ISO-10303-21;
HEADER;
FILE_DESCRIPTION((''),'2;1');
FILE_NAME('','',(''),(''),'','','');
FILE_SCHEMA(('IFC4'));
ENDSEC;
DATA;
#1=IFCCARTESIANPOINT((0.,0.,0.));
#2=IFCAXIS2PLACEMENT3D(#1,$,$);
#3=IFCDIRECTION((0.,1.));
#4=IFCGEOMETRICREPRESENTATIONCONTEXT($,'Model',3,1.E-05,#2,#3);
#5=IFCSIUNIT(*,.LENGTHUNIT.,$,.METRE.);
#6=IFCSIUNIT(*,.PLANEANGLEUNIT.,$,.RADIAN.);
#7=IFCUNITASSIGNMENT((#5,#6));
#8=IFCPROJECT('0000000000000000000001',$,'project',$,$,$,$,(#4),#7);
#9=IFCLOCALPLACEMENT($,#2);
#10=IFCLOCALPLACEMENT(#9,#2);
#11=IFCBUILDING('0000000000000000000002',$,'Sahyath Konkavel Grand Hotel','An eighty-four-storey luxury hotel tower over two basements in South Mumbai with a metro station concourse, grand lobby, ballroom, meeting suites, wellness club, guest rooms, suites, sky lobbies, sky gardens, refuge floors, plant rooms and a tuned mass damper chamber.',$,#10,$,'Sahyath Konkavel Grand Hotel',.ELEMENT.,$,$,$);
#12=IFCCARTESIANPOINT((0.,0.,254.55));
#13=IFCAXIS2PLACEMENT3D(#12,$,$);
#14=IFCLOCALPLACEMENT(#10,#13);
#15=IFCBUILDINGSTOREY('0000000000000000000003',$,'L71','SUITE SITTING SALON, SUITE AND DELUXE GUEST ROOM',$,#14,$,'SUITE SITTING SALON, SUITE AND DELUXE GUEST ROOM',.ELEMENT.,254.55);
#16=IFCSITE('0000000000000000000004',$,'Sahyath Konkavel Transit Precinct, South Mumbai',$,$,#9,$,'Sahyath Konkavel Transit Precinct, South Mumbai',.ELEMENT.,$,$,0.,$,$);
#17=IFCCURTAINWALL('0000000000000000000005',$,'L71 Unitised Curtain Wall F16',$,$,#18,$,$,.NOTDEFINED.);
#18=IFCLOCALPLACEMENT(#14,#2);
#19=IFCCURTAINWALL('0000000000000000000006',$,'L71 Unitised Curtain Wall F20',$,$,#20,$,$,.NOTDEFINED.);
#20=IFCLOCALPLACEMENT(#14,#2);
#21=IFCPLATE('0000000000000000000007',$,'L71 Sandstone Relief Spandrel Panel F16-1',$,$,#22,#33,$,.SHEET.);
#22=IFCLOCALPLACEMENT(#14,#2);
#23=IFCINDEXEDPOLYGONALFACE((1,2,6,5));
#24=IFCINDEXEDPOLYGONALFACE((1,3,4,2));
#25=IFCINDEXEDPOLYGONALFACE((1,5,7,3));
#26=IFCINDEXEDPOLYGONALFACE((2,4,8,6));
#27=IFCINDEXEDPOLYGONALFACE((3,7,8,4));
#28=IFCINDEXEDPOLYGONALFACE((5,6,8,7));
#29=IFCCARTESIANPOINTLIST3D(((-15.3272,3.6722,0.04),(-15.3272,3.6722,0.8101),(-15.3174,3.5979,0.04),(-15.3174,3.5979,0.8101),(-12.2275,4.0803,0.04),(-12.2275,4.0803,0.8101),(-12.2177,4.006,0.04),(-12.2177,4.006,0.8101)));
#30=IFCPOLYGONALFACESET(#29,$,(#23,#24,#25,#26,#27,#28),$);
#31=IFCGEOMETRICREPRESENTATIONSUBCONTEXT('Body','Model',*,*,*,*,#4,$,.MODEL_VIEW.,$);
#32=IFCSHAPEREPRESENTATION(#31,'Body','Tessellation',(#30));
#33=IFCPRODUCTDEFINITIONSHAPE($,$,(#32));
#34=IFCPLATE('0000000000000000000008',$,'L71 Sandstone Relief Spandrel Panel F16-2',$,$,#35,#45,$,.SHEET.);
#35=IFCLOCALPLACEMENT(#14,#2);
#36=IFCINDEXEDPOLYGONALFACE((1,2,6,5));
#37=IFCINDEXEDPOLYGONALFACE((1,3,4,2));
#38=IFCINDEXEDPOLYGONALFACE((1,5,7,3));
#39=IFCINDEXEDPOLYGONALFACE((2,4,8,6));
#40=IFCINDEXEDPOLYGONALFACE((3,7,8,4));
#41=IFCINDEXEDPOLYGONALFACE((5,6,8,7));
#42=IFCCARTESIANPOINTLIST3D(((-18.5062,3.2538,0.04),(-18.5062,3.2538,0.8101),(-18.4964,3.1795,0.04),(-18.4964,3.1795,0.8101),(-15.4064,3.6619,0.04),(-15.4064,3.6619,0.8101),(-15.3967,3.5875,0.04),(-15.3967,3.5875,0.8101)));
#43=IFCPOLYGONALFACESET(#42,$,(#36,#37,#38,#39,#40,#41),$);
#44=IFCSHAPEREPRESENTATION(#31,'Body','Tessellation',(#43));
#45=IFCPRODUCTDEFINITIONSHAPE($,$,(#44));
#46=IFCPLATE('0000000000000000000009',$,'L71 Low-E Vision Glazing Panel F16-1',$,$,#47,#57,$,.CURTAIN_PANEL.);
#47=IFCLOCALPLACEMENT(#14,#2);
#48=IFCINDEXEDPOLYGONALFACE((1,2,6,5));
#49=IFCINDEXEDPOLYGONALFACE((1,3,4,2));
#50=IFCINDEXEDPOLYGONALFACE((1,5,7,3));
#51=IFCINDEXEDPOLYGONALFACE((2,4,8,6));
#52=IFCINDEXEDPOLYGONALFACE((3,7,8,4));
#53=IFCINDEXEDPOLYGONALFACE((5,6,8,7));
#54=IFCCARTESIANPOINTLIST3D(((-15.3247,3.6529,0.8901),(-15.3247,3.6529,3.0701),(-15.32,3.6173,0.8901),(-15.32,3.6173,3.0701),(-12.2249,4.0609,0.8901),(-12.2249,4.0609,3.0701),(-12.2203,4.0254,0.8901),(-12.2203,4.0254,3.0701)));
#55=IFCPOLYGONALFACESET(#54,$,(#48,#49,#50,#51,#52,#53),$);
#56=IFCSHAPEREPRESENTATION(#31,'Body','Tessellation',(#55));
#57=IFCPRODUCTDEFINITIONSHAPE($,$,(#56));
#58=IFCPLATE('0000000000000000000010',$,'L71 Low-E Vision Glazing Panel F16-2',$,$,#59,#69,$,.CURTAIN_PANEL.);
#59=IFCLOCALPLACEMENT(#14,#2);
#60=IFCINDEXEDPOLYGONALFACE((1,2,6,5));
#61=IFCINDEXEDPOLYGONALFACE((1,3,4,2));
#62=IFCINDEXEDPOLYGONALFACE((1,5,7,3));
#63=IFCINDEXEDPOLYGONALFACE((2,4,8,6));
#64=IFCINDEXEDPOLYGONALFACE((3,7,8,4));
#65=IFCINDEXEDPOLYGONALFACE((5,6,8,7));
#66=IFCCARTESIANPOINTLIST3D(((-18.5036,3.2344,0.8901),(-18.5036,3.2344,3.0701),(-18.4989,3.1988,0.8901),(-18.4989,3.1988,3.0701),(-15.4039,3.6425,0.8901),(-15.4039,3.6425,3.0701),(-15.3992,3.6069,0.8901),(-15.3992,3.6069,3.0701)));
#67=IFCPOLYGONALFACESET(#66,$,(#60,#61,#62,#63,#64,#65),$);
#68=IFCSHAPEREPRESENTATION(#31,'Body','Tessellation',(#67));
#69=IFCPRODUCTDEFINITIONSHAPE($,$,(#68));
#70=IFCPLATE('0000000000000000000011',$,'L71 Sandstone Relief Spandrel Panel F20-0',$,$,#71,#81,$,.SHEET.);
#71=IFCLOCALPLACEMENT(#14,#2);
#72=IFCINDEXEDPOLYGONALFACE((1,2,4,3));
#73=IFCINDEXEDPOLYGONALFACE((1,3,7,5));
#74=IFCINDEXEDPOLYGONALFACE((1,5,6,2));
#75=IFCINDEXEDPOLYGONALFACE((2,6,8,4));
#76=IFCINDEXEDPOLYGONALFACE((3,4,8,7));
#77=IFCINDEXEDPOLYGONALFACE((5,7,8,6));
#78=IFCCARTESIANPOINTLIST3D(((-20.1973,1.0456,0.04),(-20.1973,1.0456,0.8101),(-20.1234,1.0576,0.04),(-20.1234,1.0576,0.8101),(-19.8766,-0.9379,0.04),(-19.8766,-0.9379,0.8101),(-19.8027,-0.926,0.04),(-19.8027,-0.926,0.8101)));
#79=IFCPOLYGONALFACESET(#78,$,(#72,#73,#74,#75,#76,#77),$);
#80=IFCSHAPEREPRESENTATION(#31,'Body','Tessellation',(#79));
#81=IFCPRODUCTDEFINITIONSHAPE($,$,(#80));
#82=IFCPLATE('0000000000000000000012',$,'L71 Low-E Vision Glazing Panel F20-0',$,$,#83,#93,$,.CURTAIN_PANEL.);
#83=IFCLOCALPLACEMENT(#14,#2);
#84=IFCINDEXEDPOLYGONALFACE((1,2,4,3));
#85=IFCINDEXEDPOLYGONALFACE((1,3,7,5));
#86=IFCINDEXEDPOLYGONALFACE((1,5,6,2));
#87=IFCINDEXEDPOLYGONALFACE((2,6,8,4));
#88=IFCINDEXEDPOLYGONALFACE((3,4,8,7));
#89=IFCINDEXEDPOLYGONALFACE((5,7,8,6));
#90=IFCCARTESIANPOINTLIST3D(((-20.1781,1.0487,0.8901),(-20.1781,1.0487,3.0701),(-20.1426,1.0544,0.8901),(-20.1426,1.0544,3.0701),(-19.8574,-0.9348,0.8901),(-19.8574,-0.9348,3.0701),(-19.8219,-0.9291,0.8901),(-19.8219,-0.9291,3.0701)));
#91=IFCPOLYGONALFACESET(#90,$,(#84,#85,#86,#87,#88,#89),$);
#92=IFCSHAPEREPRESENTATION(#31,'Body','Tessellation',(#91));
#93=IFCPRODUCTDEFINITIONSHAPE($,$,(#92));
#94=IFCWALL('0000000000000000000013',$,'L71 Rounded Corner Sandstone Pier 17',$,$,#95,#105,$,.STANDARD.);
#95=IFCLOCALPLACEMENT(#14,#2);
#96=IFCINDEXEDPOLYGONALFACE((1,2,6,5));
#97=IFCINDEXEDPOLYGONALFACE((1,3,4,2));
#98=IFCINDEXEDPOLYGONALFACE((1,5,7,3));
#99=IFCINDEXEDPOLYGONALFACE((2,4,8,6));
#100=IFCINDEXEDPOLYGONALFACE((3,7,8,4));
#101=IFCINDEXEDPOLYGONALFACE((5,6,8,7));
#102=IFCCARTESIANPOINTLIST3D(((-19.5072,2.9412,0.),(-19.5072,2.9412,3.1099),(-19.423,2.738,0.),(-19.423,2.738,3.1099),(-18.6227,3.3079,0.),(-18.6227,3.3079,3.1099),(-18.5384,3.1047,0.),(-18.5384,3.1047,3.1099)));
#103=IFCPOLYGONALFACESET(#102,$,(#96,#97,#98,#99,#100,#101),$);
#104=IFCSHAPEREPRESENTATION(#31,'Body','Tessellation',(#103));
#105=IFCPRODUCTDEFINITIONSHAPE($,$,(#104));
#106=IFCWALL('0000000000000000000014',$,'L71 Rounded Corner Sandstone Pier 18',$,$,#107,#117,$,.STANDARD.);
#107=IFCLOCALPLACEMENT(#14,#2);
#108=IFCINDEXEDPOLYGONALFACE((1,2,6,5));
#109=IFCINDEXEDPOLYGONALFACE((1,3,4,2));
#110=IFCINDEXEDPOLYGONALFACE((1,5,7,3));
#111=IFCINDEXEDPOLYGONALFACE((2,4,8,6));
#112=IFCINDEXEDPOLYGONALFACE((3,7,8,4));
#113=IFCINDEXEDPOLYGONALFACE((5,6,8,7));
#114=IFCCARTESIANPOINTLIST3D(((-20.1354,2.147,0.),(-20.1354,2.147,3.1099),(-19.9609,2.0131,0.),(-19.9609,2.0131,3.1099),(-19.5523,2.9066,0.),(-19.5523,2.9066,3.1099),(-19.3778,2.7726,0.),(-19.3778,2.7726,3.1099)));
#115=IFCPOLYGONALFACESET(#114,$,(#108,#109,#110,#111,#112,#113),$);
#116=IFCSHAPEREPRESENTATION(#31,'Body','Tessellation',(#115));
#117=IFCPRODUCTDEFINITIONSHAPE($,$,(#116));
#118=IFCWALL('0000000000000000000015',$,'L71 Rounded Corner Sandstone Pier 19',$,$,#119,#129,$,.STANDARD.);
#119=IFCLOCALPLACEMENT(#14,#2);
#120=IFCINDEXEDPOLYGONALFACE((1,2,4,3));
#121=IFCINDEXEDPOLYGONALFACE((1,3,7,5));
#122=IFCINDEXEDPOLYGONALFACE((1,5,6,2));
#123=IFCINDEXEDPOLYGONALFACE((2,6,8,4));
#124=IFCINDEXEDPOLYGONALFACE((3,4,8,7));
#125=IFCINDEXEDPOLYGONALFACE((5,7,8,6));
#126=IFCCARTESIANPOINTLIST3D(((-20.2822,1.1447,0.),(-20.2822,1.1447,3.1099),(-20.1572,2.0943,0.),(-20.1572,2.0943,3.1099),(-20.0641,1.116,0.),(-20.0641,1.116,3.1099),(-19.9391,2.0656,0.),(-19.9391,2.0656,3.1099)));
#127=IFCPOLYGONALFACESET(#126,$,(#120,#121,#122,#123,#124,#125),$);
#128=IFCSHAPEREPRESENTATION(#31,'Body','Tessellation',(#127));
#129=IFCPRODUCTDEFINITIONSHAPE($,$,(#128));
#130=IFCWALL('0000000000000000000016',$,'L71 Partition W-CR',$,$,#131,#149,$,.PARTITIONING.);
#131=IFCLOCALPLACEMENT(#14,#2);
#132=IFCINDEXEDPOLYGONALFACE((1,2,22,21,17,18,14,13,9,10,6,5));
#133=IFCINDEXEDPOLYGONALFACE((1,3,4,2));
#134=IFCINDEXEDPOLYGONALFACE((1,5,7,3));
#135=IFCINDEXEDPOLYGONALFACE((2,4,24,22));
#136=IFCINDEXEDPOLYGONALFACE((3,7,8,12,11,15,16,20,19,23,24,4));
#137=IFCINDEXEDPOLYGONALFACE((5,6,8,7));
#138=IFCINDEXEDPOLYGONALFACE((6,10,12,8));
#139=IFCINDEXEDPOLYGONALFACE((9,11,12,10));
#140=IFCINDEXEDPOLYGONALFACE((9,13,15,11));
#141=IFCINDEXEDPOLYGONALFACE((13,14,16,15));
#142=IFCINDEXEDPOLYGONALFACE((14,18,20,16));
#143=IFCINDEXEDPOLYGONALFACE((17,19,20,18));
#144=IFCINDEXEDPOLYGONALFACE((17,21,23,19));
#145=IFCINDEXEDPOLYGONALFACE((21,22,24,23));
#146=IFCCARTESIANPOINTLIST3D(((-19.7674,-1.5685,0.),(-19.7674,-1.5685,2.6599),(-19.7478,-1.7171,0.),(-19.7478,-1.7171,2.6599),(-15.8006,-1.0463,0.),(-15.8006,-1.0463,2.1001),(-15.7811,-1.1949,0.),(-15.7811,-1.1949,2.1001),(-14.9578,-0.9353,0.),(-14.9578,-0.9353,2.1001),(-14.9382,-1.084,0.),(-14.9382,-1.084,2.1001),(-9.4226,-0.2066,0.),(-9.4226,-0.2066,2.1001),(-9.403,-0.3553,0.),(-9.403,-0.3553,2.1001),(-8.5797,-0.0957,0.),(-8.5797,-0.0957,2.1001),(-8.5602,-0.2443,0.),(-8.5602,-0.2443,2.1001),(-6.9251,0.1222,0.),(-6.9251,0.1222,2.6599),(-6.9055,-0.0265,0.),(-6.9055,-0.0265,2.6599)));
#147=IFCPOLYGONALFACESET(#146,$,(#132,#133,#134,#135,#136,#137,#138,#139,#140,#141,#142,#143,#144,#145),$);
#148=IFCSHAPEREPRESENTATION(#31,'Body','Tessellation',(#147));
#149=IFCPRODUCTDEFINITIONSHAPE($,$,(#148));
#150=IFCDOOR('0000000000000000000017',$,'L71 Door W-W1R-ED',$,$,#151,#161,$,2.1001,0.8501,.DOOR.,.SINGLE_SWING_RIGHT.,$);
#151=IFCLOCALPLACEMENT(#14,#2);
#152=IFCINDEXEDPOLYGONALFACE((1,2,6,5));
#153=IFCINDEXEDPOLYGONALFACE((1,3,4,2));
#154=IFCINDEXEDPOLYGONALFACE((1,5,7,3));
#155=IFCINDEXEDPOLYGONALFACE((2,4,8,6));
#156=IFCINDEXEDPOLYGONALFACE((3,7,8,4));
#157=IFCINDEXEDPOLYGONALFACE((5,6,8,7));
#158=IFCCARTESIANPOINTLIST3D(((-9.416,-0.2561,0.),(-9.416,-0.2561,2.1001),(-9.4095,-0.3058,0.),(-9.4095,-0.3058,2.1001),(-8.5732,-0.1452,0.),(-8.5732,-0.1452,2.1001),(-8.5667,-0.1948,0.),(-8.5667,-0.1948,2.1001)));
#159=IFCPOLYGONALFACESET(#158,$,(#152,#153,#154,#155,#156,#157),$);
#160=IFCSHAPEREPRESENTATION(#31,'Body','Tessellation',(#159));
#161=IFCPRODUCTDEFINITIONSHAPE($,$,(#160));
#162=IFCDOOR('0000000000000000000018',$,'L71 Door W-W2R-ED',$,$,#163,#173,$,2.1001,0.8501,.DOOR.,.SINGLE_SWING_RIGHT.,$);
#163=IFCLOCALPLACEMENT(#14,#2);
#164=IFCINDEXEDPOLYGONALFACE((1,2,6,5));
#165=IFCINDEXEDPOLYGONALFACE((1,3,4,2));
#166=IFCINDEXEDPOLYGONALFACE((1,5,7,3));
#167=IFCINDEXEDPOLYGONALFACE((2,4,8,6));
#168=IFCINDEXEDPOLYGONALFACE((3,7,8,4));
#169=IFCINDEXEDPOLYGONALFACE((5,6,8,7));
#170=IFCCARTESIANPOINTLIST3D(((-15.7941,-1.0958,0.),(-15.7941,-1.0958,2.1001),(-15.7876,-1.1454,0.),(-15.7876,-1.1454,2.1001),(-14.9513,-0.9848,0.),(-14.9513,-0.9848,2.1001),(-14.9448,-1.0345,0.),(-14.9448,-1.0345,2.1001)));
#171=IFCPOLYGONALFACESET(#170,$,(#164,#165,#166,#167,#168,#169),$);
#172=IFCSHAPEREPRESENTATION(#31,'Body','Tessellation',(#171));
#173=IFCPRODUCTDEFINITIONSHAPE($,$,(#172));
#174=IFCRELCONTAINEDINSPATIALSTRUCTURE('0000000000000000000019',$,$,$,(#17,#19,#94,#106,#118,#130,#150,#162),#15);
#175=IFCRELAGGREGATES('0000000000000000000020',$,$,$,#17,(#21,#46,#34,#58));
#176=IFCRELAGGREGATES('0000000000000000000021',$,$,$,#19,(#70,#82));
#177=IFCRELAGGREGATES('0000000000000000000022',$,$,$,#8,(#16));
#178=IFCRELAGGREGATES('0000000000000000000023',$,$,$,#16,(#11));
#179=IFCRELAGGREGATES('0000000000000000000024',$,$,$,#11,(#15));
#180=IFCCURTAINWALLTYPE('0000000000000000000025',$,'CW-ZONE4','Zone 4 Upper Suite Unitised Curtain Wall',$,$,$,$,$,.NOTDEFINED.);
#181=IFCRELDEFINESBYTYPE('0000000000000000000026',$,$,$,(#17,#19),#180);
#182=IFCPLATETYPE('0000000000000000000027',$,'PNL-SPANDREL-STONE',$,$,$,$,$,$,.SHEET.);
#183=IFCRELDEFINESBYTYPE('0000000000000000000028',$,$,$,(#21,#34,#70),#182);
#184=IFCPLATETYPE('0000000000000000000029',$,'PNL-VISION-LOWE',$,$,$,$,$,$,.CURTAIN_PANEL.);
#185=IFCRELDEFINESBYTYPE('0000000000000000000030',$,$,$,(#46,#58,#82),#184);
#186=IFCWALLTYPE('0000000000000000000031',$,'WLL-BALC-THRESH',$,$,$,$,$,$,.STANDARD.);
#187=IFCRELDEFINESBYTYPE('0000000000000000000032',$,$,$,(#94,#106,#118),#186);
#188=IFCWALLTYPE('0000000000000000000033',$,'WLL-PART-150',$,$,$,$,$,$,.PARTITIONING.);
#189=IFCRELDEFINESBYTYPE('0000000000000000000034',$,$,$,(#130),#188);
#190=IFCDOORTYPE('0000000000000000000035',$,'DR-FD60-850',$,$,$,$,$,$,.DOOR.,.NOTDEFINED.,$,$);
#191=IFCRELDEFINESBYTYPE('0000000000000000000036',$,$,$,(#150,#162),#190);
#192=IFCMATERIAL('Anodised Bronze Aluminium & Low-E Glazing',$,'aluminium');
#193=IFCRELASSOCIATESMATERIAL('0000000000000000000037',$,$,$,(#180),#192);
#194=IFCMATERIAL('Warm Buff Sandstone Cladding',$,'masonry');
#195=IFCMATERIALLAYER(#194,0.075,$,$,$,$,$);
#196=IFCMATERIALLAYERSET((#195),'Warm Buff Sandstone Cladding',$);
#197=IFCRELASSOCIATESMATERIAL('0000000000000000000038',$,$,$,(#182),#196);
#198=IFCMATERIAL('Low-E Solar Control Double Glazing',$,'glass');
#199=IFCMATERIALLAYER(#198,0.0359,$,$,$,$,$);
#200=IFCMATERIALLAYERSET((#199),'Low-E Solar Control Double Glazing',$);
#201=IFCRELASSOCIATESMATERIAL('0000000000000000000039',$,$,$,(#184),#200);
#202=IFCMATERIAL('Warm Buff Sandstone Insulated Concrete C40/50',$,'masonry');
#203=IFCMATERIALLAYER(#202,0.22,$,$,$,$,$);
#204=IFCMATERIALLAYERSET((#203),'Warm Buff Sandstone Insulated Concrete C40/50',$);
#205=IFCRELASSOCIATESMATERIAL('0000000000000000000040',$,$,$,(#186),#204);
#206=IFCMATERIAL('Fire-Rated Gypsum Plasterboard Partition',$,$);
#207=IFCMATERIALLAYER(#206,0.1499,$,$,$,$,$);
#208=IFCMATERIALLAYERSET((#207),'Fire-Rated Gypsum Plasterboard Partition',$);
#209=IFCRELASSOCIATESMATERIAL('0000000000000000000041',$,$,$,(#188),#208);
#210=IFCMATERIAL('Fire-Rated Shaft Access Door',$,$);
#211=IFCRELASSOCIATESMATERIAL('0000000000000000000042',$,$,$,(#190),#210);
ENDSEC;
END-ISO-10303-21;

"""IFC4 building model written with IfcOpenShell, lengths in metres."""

from ifc_helpers import new_model, si_unit, direction, frame, frame_2d, origin, origin_2d, place, context, subcontext, project, spatial, rectangle, extrude, source, transform, mapped, material, layer, layer_set, type_object, element, fill, aggregate, save


model = new_model("IFC4")

# Units and contexts
model_context = context("Model", 3, precision=1e-05, world=origin(), true_north=direction((0.0, 1.0)))
body_context = subcontext(model_context, "Body", "Model", "MODEL_VIEW")
ifc_project = project(units=[si_unit("LENGTHUNIT", "METRE"), si_unit("PLANEANGLEUNIT", "RADIAN")], contexts=[model_context])

# Site, building, storey
site_placement = place(None, origin())
site = spatial("IfcSite", under=ifc_project, at=site_placement, Name="Sahyath Konkavel Transit Precinct, South Mumbai", LongName="Sahyath Konkavel Transit Precinct, South Mumbai", CompositionType="ELEMENT", RefElevation=0.0)
building_placement = place(site_placement, origin())
building = spatial("IfcBuilding", under=site, at=building_placement, Name="Sahyath Konkavel Grand Hotel", Description="An eighty-four-storey luxury hotel tower over two basements in South Mumbai with a metro station concourse, grand lobby, ballroom, meeting suites, wellness club, guest rooms, suites, sky lobbies, sky gardens, refuge floors, plant rooms and a tuned mass damper chamber.", LongName="Sahyath Konkavel Grand Hotel", CompositionType="ELEMENT")
storey_placement = place(building_placement, frame((0.0, 0.0, 254.55)))
storey = spatial("IfcBuildingStorey", under=building, at=storey_placement, Name="L71", Description="SUITE SITTING SALON, SUITE AND DELUXE GUEST ROOM", LongName="SUITE SITTING SALON, SUITE AND DELUXE GUEST ROOM", CompositionType="ELEMENT", Elevation=254.55)

# Curtain wall
ifc_material_1 = material(Name="Anodised Bronze Aluminium & Low-E Glazing", Category="aluminium")
curtain_wall_type = type_object("IfcCurtainWallType", Name="CW-ZONE4", Description="Zone 4 Upper Suite Unitised Curtain Wall", PredefinedType="NOTDEFINED", material=ifc_material_1)
curtain_wall_1_placement = place(storey_placement, origin())
curtain_wall_1 = element("IfcCurtainWall", 1, at=curtain_wall_1_placement, inside=storey, type_object=curtain_wall_type, Name="L71 Unitised Curtain Wall F16", PredefinedType="NOTDEFINED")

# Curtain wall
curtain_wall_2_placement = place(storey_placement, origin())
curtain_wall_2 = element("IfcCurtainWall", 2, at=curtain_wall_2_placement, inside=storey, type_object=curtain_wall_type, Name="L71 Unitised Curtain Wall F20", PredefinedType="NOTDEFINED")

# Plates
ifc_material_2 = material(Name="Warm Buff Sandstone Cladding", Category="masonry")
ifc_layer_1 = layer(ifc_material_2, 0.075)
ifc_layer_set_1 = layer_set([ifc_layer_1], Name="Warm Buff Sandstone Cladding")
plate_type_1 = type_object("IfcPlateType", Name="PNL-SPANDREL-STONE", PredefinedType="SHEET", material=ifc_layer_set_1)
shared_shape_1 = source(origin(), body_context, "Body", "SweptSolid", [
    extrude(rectangle(XDim=3.1265, YDim=0.075, at=origin_2d()), origin(), (0.0, 0.0, 1.0), 0.77),
])
plate_1_placement = place(storey_placement, frame((-13.7725, 3.8391, 0.04), z_axis=(0.0, 0.0, 1.0), x_axis=(-0.991445, -0.130526, 0.0)))
plate_1 = element("IfcPlate", 3, at=plate_1_placement, type_object=plate_type_1, Name="L71 Sandstone Relief Spandrel Panel F16-1", PredefinedType="SHEET", context=body_context, shape_type="MappedRepresentation", body=[
    mapped(shared_shape_1, transform((0.0, 0.0, 0.0), scale=1.0)),
])
plate_2_placement = place(storey_placement, frame((-16.9514, 3.4207, 0.04), z_axis=(0.0, 0.0, 1.0), x_axis=(-0.991445, -0.130526, 0.0)))
plate_2 = element("IfcPlate", 4, at=plate_2_placement, type_object=plate_type_1, Name="L71 Sandstone Relief Spandrel Panel F16-2", PredefinedType="SHEET", context=body_context, shape_type="MappedRepresentation", body=[
    mapped(shared_shape_1, transform((0.0, 0.0, 0.0), scale=1.0)),
])
ifc_material_3 = material(Name="Low-E Solar Control Double Glazing", Category="glass")
ifc_layer_2 = layer(ifc_material_3, 0.0359)
ifc_layer_set_2 = layer_set([ifc_layer_2], Name="Low-E Solar Control Double Glazing")
plate_type_2 = type_object("IfcPlateType", Name="PNL-VISION-LOWE", PredefinedType="CURTAIN_PANEL", material=ifc_layer_set_2)
shared_shape_2 = source(origin(), body_context, "Body", "SweptSolid", [
    extrude(rectangle(XDim=3.1265, YDim=0.0359, at=origin_2d()), origin(), (0.0, 0.0, 1.0), 2.1799),
])
plate_3_placement = place(storey_placement, frame((-13.7725, 3.8391, 0.8901), z_axis=(0.0, 0.0, 1.0), x_axis=(-0.991445, -0.130526, 0.0)))
plate_3 = element("IfcPlate", 5, at=plate_3_placement, type_object=plate_type_2, Name="L71 Low-E Vision Glazing Panel F16-1", PredefinedType="CURTAIN_PANEL", context=body_context, shape_type="MappedRepresentation", body=[
    mapped(shared_shape_2, transform((0.0, 0.0, 0.0), scale=1.0)),
])
plate_4_placement = place(storey_placement, frame((-16.9514, 3.4207, 0.8901), z_axis=(0.0, 0.0, 1.0), x_axis=(-0.991445, -0.130526, 0.0)))
plate_4 = element("IfcPlate", 6, at=plate_4_placement, type_object=plate_type_2, Name="L71 Low-E Vision Glazing Panel F16-2", PredefinedType="CURTAIN_PANEL", context=body_context, shape_type="MappedRepresentation", body=[
    mapped(shared_shape_2, transform((0.0, 0.0, 0.0), scale=1.0)),
])
aggregate(curtain_wall_1, [plate_1, plate_3, plate_2, plate_4])
shared_shape_3 = source(origin(), body_context, "Body", "SweptSolid", [
    extrude(rectangle(XDim=2.0093, YDim=0.075, at=origin_2d()), origin(), (0.0, 0.0, 1.0), 0.77),
])
plate_5_placement = place(storey_placement, frame((-20.0, 0.0598, 0.04), z_axis=(0.0, 0.0, 1.0), x_axis=(0.159606, -0.987181, 0.0)))
plate_5 = element("IfcPlate", 7, at=plate_5_placement, type_object=plate_type_1, Name="L71 Sandstone Relief Spandrel Panel F20-0", PredefinedType="SHEET", context=body_context, shape_type="MappedRepresentation", body=[
    mapped(shared_shape_3, transform((0.0, 0.0, 0.0), scale=1.0)),
])
shared_shape_4 = source(origin(), body_context, "Body", "SweptSolid", [
    extrude(rectangle(XDim=2.0093, YDim=0.0359, at=origin_2d()), origin(), (0.0, 0.0, 1.0), 2.1799),
])
plate_6_placement = place(storey_placement, frame((-20.0, 0.0598, 0.8901), z_axis=(0.0, 0.0, 1.0), x_axis=(0.159606, -0.987181, 0.0)))
plate_6 = element("IfcPlate", 8, at=plate_6_placement, type_object=plate_type_2, Name="L71 Low-E Vision Glazing Panel F20-0", PredefinedType="CURTAIN_PANEL", context=body_context, shape_type="MappedRepresentation", body=[
    mapped(shared_shape_4, transform((0.0, 0.0, 0.0), scale=1.0)),
])
aggregate(curtain_wall_2, [plate_5, plate_6])

# Walls
ifc_material_4 = material(Name="Warm Buff Sandstone Insulated Concrete C40/50", Category="masonry")
ifc_layer_3 = layer(ifc_material_4, 0.22)
ifc_layer_set_3 = layer_set([ifc_layer_3], Name="Warm Buff Sandstone Insulated Concrete C40/50")
wall_type_1 = type_object("IfcWallType", Name="WLL-BALC-THRESH", PredefinedType="STANDARD", material=ifc_layer_set_3)
for number, where, z_axis, x_axis, name in (
    (9, (-18.5806, 3.2063, 0.0), (0.0, 0.0, 1.0), (-0.923762, -0.382967, 0.0), "L71 Rounded Corner Sandstone Pier 17"),
    (10, (-19.4651, 2.8396, 0.0), (0.0, 0.0, 1.0), (-0.608897, -0.793249, 0.0), "L71 Rounded Corner Sandstone Pier 18"),
):
    element("IfcWall", number, at=place(storey_placement, frame(where, z_axis=z_axis, x_axis=x_axis)), inside=storey, type_object=wall_type_1, Name=name, PredefinedType="STANDARD", context=body_context, shape_type="SweptSolid", body=[
        extrude(rectangle(XDim=0.9575, YDim=0.22, at=frame_2d((0.4788, 0.0))), origin(), (0.0, 0.0, 1.0), 3.1099),
    ])
wall_1_placement = place(storey_placement, frame((-20.0481, 2.0801, 0.0), z_axis=(0.0, 0.0, 1.0), x_axis=(-0.130527, -0.991445, 0.0)))
element("IfcWall", 11, at=wall_1_placement, inside=storey, type_object=wall_type_1, Name="L71 Rounded Corner Sandstone Pier 19", PredefinedType="STANDARD", context=body_context, shape_type="SweptSolid", body=[
    extrude(rectangle(XDim=0.9578, YDim=0.22, at=frame_2d((0.479, 0.0))), origin(), (0.0, 0.0, 1.0), 3.1099),
])

# Wall, openings, doors
ifc_material_5 = material(Name="Fire-Rated Gypsum Plasterboard Partition")
ifc_layer_4 = layer(ifc_material_5, 0.1499)
ifc_layer_set_4 = layer_set([ifc_layer_4], Name="Fire-Rated Gypsum Plasterboard Partition")
wall_type_2 = type_object("IfcWallType", Name="WLL-PART-150", PredefinedType="PARTITIONING", material=ifc_layer_set_4)
wall_2_placement = place(storey_placement, frame((-6.9153, 0.0479, 0.0), z_axis=(0.0, 0.0, 1.0), x_axis=(-0.991445, -0.130523, 0.0)))
wall_2 = element("IfcWall", 12, at=wall_2_placement, inside=storey, type_object=wall_type_2, Name="L71 Partition W-CR", PredefinedType="PARTITIONING", context=body_context, shape_type="SweptSolid", body=[
    extrude(rectangle(XDim=12.9531, YDim=0.1499, at=frame_2d((6.4766, 0.0))), origin(), (0.0, 0.0, 1.0), 2.6599),
])
opening_1_placement = place(wall_2_placement, frame((1.6689, 0.0, 0.0)))
opening_1 = element("IfcOpeningElement", 13, at=opening_1_placement, cuts=wall_2, PredefinedType="OPENING", context=body_context, shape_type="SweptSolid", body=[
    extrude(rectangle(XDim=0.8501, YDim=2.1001, at=frame_2d((0.425, 1.05))), frame((0.0, 0.085, 0.0), z_axis=(0.0, -1.0, 0.0), x_axis=(1.0, 0.0, 0.0)), (0.0, 0.0, 1.0), 0.1699),
])
opening_2_placement = place(wall_2_placement, frame((8.1021, 0.0, 0.0)))
opening_2 = element("IfcOpeningElement", 14, at=opening_2_placement, cuts=wall_2, PredefinedType="OPENING", context=body_context, shape_type="SweptSolid", body=[
    extrude(rectangle(XDim=0.8501, YDim=2.1001, at=frame_2d((0.425, 1.05))), frame((0.0, 0.085, 0.0), z_axis=(0.0, -1.0, 0.0), x_axis=(1.0, 0.0, 0.0)), (0.0, 0.0, 1.0), 0.1699),
])
ifc_material_6 = material(Name="Fire-Rated Shaft Access Door")
door_type = type_object("IfcDoorType", Name="DR-FD60-850", OperationType="NOTDEFINED", PredefinedType="DOOR", material=ifc_material_6)
shared_shape_5 = source(origin(), body_context, "Body", "SweptSolid", [
    extrude(rectangle(XDim=0.8501, YDim=0.05, at=origin_2d()), origin(), (0.0, 0.0, 1.0), 2.1001),
])
door_1_placement = place(opening_1_placement, frame((0.425, 0.0, 0.0)))
door_1 = element("IfcDoor", 15, at=door_1_placement, inside=storey, type_object=door_type, Name="L71 Door W-W1R-ED", OperationType="SINGLE_SWING_RIGHT", OverallHeight=2.1001, OverallWidth=0.8501, PredefinedType="DOOR", context=body_context, shape_type="MappedRepresentation", body=[
    mapped(shared_shape_5, transform((0.0, 0.0, 0.0), scale=1.0)),
])
fill(opening_1, door_1)
door_2_placement = place(opening_2_placement, frame((0.425, 0.0, 0.0)))
door_2 = element("IfcDoor", 16, at=door_2_placement, inside=storey, type_object=door_type, Name="L71 Door W-W2R-ED", OperationType="SINGLE_SWING_RIGHT", OverallHeight=2.1001, OverallWidth=0.8501, PredefinedType="DOOR", context=body_context, shape_type="MappedRepresentation", body=[
    mapped(shared_shape_5, transform((0.0, 0.0, 0.0), scale=1.0)),
])
fill(opening_2, door_2)

save(model, "model.ifc")
